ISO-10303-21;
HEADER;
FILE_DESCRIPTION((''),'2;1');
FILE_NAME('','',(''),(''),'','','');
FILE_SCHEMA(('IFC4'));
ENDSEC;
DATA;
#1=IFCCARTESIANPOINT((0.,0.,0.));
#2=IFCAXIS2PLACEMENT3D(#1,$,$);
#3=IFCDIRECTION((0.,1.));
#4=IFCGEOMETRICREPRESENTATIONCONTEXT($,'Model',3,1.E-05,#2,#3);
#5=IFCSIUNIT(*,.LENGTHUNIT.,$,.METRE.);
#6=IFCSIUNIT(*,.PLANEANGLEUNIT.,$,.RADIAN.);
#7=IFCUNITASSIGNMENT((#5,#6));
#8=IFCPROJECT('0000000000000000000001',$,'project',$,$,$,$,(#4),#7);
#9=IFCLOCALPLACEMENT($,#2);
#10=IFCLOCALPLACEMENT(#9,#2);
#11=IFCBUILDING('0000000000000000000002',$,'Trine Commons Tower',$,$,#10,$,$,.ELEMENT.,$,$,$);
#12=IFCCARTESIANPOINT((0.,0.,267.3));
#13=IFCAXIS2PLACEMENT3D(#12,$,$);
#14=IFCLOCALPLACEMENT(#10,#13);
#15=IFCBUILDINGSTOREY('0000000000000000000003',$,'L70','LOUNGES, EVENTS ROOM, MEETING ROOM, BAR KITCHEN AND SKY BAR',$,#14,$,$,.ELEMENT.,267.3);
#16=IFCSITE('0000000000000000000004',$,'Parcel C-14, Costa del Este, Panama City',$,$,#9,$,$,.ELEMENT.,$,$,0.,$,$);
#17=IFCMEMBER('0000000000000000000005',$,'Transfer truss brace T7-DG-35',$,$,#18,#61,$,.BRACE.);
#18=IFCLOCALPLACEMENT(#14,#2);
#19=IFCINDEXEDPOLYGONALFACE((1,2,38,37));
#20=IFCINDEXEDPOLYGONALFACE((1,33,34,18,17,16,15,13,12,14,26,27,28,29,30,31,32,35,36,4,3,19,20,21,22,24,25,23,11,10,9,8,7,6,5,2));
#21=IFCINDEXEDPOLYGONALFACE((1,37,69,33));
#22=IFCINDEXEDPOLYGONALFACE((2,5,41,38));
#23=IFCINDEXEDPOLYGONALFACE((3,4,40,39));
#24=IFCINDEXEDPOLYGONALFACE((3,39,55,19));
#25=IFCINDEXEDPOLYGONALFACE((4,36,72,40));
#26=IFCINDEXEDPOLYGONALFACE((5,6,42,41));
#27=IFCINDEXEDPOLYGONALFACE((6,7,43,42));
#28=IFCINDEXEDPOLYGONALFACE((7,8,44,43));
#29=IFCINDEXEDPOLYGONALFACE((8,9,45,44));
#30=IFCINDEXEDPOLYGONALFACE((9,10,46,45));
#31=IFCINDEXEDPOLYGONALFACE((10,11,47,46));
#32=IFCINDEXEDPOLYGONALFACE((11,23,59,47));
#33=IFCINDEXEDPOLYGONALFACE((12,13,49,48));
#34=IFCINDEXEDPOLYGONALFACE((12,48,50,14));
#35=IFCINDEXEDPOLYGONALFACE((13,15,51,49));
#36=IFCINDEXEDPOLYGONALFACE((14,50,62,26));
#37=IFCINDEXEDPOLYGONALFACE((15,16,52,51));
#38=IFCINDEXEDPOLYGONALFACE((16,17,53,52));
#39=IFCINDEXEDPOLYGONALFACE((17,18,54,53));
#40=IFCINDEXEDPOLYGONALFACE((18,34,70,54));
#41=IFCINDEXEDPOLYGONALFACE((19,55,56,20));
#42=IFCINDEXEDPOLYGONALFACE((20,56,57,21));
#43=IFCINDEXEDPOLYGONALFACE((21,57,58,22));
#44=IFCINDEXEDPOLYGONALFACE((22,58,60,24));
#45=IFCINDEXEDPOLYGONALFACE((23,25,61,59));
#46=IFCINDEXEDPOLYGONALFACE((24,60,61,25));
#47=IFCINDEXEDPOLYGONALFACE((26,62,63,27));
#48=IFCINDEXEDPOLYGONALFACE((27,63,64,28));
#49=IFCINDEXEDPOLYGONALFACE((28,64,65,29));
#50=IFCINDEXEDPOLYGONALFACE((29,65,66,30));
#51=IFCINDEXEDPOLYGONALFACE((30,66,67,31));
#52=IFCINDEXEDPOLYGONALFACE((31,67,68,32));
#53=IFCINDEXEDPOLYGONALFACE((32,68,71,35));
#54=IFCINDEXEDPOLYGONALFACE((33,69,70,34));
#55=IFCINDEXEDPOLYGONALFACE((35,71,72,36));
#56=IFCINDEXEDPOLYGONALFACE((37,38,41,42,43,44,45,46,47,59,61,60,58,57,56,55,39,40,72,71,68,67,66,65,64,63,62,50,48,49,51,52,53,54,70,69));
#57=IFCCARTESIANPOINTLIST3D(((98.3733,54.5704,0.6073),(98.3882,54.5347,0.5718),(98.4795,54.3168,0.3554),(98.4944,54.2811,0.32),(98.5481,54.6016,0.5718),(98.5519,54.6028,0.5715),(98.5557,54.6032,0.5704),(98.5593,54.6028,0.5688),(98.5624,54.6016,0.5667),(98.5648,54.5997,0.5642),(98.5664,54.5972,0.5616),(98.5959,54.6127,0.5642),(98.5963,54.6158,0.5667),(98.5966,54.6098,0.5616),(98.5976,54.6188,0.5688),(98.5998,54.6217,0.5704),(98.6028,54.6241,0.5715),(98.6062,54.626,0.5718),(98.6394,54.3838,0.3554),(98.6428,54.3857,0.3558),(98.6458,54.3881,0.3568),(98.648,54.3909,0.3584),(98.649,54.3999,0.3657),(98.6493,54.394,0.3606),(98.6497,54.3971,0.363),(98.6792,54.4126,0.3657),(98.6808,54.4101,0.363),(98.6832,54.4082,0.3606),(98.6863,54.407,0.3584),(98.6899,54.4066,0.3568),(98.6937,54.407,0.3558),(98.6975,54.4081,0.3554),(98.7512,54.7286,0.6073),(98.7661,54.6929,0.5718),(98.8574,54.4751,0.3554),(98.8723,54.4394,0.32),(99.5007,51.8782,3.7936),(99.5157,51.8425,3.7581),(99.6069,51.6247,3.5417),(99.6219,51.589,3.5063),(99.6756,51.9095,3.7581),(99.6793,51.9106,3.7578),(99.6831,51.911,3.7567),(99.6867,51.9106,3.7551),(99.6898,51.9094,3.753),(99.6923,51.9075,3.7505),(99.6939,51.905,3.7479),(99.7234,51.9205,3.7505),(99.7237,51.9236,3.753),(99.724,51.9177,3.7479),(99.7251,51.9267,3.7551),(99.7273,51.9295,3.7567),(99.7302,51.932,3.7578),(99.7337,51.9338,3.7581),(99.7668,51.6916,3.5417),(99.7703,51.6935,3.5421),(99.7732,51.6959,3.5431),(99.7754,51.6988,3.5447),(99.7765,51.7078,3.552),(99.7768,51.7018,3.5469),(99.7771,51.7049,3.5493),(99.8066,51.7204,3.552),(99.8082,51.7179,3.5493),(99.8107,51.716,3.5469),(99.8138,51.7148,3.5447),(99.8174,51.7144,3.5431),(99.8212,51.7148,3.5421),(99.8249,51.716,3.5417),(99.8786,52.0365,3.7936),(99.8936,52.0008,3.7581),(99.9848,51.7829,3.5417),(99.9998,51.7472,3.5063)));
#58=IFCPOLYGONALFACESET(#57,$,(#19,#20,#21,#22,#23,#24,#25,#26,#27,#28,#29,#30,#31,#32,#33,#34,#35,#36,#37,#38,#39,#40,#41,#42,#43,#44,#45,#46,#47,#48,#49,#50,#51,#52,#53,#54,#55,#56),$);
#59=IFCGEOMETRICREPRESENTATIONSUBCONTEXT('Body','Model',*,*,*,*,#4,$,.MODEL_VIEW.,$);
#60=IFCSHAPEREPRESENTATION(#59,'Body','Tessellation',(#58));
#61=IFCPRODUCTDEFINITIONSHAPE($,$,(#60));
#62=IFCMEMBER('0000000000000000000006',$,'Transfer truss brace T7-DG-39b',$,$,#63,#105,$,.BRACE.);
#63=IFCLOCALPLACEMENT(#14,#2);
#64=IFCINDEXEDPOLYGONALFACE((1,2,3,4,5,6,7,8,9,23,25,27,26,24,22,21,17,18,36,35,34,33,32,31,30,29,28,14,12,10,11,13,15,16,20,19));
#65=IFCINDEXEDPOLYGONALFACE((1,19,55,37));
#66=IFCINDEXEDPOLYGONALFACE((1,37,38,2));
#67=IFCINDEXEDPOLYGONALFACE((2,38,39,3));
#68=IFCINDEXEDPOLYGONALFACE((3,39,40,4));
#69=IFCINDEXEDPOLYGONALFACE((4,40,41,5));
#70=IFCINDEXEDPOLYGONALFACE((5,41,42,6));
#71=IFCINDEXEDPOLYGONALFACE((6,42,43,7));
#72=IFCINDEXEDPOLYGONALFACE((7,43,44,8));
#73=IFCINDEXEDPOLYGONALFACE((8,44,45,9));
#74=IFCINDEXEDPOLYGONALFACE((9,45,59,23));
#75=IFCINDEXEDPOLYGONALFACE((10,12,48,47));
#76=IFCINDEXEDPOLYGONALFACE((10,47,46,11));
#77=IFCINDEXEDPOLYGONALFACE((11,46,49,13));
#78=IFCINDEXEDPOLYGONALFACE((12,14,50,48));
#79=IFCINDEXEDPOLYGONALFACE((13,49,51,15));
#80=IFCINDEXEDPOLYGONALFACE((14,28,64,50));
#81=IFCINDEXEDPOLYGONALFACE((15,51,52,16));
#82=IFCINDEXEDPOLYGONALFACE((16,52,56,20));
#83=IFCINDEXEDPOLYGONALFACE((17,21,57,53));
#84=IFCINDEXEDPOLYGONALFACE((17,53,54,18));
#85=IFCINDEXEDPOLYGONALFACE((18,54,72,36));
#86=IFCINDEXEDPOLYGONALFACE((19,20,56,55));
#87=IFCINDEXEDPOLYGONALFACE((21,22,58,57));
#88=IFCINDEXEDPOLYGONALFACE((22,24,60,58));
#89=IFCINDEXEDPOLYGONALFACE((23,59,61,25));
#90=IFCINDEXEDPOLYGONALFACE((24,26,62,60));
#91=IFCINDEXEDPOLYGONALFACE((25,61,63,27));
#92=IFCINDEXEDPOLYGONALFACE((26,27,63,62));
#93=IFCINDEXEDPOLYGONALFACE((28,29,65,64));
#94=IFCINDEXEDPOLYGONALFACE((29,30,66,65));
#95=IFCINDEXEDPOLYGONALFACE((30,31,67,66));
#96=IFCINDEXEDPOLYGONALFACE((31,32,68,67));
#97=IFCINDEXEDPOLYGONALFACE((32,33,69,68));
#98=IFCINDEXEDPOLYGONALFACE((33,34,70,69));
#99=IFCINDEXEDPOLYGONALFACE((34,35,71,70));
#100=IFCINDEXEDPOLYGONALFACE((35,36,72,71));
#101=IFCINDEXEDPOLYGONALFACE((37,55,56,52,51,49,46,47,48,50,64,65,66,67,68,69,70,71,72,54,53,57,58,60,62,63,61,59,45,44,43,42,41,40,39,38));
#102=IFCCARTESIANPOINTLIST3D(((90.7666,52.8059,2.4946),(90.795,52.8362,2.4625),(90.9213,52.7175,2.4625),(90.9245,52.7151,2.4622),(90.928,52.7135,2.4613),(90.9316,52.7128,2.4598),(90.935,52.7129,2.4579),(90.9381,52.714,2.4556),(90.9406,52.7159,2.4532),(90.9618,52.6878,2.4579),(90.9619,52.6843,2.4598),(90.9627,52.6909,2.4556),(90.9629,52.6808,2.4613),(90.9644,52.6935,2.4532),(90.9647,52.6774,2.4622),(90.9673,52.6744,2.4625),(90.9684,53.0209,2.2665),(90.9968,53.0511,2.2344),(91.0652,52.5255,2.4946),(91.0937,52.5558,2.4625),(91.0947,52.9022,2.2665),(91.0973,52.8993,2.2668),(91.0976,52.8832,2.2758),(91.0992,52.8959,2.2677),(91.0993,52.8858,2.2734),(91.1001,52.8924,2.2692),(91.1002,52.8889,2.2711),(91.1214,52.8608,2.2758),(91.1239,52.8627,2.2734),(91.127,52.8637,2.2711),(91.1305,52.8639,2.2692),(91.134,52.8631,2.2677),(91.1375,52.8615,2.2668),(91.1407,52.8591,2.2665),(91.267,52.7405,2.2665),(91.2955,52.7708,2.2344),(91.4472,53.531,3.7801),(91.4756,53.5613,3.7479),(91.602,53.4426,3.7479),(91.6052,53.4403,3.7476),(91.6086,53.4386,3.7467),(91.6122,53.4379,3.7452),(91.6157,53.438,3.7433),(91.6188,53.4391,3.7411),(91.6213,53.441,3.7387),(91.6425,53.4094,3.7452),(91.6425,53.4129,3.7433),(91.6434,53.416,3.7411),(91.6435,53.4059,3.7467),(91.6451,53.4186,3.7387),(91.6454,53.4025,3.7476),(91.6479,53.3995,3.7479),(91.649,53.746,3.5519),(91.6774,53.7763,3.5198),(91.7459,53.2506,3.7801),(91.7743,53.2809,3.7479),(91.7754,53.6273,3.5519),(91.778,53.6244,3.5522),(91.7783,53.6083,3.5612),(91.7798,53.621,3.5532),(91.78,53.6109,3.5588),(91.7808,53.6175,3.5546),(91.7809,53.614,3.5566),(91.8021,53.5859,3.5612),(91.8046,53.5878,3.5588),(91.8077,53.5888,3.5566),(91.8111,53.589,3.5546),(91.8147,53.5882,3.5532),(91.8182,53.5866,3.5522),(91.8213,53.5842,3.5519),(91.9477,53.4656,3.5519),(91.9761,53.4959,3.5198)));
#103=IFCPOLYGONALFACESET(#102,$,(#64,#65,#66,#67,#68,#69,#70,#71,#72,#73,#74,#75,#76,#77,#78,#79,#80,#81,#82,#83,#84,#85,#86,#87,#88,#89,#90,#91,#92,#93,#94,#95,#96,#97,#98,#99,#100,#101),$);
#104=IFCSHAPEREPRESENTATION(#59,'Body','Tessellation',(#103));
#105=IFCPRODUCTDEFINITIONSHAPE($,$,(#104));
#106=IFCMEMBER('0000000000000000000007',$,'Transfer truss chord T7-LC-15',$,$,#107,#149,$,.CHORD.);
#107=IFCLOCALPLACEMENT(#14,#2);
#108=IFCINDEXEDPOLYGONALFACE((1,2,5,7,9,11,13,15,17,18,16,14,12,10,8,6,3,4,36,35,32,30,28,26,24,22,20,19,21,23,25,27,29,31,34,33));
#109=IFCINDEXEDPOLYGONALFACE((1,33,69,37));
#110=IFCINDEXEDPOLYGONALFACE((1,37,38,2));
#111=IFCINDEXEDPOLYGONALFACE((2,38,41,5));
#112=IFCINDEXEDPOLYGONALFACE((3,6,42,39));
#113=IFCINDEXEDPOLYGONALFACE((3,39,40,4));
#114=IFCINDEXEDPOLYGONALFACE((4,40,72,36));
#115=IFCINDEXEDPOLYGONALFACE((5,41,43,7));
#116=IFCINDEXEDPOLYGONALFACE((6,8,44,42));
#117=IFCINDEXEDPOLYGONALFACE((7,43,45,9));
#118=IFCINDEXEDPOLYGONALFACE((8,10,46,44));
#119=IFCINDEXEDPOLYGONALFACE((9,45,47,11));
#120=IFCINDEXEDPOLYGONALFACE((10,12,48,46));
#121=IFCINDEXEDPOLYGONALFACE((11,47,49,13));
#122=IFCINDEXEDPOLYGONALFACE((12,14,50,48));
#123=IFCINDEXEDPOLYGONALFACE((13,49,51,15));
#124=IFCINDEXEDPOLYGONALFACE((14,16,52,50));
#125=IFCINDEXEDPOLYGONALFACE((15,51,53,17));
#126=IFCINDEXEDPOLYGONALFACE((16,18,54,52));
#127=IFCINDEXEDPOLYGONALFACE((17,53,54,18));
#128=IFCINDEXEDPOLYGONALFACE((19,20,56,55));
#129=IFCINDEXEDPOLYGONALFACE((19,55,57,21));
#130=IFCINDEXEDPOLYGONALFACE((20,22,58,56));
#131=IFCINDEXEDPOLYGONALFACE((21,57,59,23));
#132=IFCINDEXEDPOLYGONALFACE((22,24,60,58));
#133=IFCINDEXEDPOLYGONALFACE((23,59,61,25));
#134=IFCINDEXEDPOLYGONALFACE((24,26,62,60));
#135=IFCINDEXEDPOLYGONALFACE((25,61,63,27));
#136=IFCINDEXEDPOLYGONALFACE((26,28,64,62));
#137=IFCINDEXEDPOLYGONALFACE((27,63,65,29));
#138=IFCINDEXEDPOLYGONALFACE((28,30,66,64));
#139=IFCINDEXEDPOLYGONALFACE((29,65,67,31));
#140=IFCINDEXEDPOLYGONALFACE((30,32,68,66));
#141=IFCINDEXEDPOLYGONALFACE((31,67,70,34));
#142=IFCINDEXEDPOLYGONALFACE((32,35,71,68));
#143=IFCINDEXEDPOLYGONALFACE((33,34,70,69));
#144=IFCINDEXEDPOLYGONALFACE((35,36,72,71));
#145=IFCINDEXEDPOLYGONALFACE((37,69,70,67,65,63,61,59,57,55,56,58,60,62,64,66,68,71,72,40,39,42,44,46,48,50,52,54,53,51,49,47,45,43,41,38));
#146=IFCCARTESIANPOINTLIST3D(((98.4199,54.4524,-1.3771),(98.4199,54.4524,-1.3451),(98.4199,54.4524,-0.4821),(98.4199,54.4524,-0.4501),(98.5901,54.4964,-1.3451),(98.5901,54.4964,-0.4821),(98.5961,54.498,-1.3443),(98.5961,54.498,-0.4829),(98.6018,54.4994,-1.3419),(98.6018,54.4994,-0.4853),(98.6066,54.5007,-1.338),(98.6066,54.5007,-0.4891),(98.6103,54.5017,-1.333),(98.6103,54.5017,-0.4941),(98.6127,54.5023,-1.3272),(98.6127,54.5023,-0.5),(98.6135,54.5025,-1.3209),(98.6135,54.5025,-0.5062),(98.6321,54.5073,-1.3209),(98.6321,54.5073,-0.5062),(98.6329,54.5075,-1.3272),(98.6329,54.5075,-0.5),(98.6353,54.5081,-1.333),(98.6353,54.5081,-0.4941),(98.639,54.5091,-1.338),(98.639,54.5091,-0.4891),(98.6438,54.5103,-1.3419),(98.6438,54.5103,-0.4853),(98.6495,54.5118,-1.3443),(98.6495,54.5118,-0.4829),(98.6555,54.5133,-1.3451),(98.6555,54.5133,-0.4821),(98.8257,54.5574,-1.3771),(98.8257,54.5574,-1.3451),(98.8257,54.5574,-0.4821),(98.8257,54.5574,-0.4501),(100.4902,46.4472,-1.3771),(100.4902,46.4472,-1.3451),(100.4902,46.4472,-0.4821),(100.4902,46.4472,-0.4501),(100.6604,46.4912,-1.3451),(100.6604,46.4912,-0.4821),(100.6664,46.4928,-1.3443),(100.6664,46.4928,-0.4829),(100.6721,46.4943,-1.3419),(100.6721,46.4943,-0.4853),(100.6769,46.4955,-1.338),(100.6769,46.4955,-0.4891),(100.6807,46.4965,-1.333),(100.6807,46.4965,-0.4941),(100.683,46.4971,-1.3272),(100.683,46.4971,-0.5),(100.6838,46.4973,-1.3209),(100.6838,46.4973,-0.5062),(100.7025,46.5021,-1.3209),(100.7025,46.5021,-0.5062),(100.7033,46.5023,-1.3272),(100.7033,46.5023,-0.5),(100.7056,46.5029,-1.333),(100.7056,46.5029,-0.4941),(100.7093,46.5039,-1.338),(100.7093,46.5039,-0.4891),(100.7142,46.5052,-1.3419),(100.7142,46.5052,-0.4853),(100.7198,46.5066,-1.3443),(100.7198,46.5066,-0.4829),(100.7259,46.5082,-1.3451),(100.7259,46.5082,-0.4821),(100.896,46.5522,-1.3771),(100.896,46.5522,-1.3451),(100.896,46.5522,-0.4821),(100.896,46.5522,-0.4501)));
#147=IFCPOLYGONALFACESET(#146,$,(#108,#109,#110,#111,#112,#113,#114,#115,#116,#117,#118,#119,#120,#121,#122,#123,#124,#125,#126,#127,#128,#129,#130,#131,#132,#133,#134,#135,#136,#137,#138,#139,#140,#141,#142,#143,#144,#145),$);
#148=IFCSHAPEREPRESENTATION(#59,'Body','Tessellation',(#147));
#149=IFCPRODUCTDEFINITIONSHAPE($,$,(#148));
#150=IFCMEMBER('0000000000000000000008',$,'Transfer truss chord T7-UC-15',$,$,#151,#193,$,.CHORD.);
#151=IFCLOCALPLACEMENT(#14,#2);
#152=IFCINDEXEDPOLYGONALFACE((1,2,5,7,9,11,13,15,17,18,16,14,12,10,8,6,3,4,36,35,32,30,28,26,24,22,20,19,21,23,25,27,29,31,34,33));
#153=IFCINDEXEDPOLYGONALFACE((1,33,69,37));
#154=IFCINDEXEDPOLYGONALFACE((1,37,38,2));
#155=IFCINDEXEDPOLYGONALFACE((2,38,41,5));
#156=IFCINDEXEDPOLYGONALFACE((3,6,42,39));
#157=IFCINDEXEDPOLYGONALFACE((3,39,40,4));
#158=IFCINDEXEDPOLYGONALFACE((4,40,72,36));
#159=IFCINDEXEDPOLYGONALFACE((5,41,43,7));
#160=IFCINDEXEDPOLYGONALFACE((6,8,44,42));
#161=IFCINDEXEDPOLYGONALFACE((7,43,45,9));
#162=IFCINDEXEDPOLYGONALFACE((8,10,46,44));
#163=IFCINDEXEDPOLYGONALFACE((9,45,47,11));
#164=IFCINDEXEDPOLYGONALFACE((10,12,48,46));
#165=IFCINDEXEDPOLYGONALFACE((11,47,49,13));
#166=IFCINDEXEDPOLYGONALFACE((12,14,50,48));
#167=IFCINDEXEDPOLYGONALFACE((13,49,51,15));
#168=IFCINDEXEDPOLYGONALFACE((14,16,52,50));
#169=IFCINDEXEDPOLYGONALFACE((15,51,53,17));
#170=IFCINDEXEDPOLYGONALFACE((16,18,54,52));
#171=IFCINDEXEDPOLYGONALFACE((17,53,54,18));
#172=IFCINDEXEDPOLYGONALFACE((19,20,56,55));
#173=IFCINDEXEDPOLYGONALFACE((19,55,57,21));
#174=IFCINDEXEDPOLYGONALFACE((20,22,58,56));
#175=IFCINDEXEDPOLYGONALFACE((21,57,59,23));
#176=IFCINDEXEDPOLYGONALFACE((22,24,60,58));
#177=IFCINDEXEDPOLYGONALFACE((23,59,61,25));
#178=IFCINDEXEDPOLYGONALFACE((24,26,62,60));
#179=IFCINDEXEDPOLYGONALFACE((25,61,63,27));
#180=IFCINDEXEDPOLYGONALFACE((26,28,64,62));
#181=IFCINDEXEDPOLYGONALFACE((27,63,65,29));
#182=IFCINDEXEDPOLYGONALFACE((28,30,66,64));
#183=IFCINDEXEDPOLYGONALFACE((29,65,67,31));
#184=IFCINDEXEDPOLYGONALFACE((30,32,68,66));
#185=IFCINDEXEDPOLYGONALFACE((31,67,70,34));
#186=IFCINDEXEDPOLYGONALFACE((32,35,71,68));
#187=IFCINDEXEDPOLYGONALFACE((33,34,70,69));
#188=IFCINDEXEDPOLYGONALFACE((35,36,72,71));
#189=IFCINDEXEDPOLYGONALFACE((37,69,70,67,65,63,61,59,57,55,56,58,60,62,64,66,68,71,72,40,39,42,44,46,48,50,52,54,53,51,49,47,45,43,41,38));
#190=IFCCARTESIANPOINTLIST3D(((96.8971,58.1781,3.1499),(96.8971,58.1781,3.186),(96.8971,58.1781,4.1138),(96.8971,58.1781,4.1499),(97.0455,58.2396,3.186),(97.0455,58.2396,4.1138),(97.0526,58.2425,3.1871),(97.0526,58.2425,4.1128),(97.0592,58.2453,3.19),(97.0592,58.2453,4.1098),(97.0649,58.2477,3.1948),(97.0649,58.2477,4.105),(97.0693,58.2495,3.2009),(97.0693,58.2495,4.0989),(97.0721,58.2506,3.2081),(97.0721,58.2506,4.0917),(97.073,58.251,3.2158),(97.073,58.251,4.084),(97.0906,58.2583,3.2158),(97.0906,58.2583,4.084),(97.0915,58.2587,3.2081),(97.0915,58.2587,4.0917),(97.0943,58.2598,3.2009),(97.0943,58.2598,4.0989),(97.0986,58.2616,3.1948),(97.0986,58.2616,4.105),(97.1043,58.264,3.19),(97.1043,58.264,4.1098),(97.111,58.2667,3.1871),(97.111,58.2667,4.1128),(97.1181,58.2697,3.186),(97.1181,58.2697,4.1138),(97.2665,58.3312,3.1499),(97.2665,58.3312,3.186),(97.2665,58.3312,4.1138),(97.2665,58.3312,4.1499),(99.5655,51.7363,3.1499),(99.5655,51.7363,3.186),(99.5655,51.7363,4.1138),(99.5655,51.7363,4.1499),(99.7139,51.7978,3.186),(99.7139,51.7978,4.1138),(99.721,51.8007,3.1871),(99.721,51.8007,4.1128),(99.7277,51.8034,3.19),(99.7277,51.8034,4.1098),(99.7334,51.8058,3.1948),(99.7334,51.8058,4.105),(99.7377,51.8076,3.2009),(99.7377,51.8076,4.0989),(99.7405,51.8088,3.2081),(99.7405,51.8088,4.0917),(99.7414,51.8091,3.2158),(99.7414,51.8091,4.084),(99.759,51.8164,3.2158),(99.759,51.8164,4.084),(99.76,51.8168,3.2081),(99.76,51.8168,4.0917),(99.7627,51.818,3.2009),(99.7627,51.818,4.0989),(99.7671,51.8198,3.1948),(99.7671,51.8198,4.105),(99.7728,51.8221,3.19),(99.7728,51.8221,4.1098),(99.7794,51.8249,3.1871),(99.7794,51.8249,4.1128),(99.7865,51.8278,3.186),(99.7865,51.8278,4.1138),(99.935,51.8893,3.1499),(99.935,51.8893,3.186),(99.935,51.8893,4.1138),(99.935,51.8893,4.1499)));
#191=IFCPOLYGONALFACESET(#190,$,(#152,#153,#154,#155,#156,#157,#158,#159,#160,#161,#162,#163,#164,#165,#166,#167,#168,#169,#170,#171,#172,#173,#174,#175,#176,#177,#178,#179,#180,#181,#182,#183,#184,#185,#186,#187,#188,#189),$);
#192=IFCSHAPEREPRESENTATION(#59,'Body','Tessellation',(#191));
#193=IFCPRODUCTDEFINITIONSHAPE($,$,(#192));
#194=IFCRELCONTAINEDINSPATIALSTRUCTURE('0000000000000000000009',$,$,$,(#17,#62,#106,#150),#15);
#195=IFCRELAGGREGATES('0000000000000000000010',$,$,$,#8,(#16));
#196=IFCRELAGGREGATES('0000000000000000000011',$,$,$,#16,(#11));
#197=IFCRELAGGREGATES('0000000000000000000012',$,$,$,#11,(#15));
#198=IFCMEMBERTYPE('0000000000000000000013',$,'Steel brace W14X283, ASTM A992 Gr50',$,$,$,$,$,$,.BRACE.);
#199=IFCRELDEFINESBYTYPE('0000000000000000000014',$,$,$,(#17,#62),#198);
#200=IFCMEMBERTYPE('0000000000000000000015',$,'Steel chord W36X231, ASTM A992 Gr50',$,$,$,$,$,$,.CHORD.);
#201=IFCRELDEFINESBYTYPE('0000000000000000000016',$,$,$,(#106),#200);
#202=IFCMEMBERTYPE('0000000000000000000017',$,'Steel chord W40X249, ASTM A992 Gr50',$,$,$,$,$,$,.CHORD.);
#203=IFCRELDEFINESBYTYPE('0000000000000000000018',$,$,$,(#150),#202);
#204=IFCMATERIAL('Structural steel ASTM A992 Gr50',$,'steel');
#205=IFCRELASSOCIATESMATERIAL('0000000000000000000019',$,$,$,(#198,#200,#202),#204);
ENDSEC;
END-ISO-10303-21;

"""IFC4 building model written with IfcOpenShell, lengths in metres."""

from ifc_helpers import new_model, si_unit, direction, frame, origin, origin_2d, place, context, subcontext, project, spatial, i_section, extrude, material, material_profile, profile_set, type_object, element, save


model = new_model("IFC4")

# Units and contexts
model_context = context("Model", 3, precision=1e-05, world=origin(), true_north=direction((0.0, 1.0)))
body_context = subcontext(model_context, "Body", "Model", "MODEL_VIEW")
ifc_project = project(units=[si_unit("LENGTHUNIT", "METRE"), si_unit("PLANEANGLEUNIT", "RADIAN")], contexts=[model_context])

# Site, building, storey
site_placement = place(None, origin())
site = spatial("IfcSite", under=ifc_project, at=site_placement, Name="Parcel C-14, Costa del Este, Panama City", CompositionType="ELEMENT", RefElevation=0.0)
building_placement = place(site_placement, origin())
building = spatial("IfcBuilding", under=site, at=building_placement, Name="Trine Commons Tower", CompositionType="ELEMENT")
storey_placement = place(building_placement, frame((0.0, 0.0, 267.3)))
storey = spatial("IfcBuildingStorey", under=building, at=storey_placement, Name="L70", Description="LOUNGES, EVENTS ROOM, MEETING ROOM, BAR KITCHEN AND SKY BAR", CompositionType="ELEMENT", Elevation=267.3)

# Shared definitions
ifc_material_1 = material(Name="Structural steel ASTM A992 Gr50", Category="steel")

# Members
ifc_material_profile_1 = material_profile(ifc_material_1, i_section(OverallWidth=0.4097, OverallDepth=0.4253, WebThickness=0.0327, FlangeThickness=0.0525, FilletRadius=0.0151, at=origin_2d()), Name="W14X283")
ifc_profile_set_1 = profile_set([ifc_material_profile_1], Name="Structural steel ASTM A992 Gr50")
member_type_1 = type_object("IfcMemberType", Name="Steel brace W14X283, ASTM A992 Gr50", PredefinedType="BRACE", material=ifc_profile_set_1)
member_1_placement = place(storey_placement, frame((98.6228, 54.5049, 0.4636), z_axis=(0.260921, -0.623035, 0.737393), x_axis=(0.92238, 0.386284, 0.0)))
element("IfcMember", 1, at=member_1_placement, inside=storey, type_object=member_type_1, Name="Transfer truss brace T7-DG-35", PredefinedType="BRACE", context=body_context, shape_type="SweptSolid", body=[
    extrude(i_section(OverallWidth=0.4097, OverallDepth=0.4253, WebThickness=0.0327, FlangeThickness=0.0525, FilletRadius=0.0151, at=origin_2d()), origin(), (0.0, 0.0, 1.0), 4.321),
])
member_2_placement = place(storey_placement, frame((91.031, 52.7883, 2.3645), z_axis=(0.418815, 0.446155, 0.790911), x_axis=(-0.729093, 0.684415, 0.0)))
element("IfcMember", 2, at=member_2_placement, inside=storey, type_object=member_type_1, Name="Transfer truss brace T7-DG-39b", PredefinedType="BRACE", context=body_context, shape_type="SweptSolid", body=[
    extrude(i_section(OverallWidth=0.4097, OverallDepth=0.4253, WebThickness=0.0327, FlangeThickness=0.0525, FilletRadius=0.0151, at=origin_2d()), origin(), (0.0, 0.0, 1.0), 1.6252),
])
ifc_material_profile_2 = material_profile(ifc_material_1, i_section(OverallWidth=0.4192, OverallDepth=0.927, WebThickness=0.0193, FlangeThickness=0.032, FilletRadius=0.0242, at=origin_2d()), Name="W36X231")
ifc_profile_set_2 = profile_set([ifc_material_profile_2], Name="Structural steel ASTM A992 Gr50")
member_type_2 = type_object("IfcMemberType", Name="Steel chord W36X231, ASTM A992 Gr50", PredefinedType="CHORD", material=ifc_profile_set_2)
member_3_placement = place(storey_placement, frame((98.6228, 54.5049, -0.9136), z_axis=(0.250385, -0.968146, 0.0), x_axis=(0.968146, 0.250385, 0.0)))
element("IfcMember", 3, at=member_3_placement, inside=storey, type_object=member_type_2, Name="Transfer truss chord T7-LC-15", PredefinedType="CHORD", context=body_context, shape_type="SweptSolid", body=[
    extrude(i_section(OverallWidth=0.4192, OverallDepth=0.927, WebThickness=0.0193, FlangeThickness=0.032, FilletRadius=0.0242, at=origin_2d()), origin(), (0.0, 0.0, 1.0), 8.2686),
])
ifc_material_profile_3 = material_profile(ifc_material_1, i_section(OverallWidth=0.3999, OverallDepth=1.0, WebThickness=0.019, FlangeThickness=0.0361, FilletRadius=0.0298, at=origin_2d()), Name="W40X249")
ifc_profile_set_3 = profile_set([ifc_material_profile_3], Name="Structural steel ASTM A992 Gr50")
member_type_3 = type_object("IfcMemberType", Name="Steel chord W40X249, ASTM A992 Gr50", PredefinedType="CHORD", material=ifc_profile_set_3)
member_4_placement = place(storey_placement, frame((97.0818, 58.2546, 3.6499), z_axis=(0.3827, -0.923873, 0.0), x_axis=(0.923873, 0.3827, 0.0)))
element("IfcMember", 4, at=member_4_placement, inside=storey, type_object=member_type_3, Name="Transfer truss chord T7-UC-15", PredefinedType="CHORD", context=body_context, shape_type="SweptSolid", body=[
    extrude(i_section(OverallWidth=0.3999, OverallDepth=1.0, WebThickness=0.019, FlangeThickness=0.0361, FilletRadius=0.0298, at=origin_2d()), origin(), (0.0, 0.0, 1.0), 6.9727),
])

save(model, "model.ifc")
